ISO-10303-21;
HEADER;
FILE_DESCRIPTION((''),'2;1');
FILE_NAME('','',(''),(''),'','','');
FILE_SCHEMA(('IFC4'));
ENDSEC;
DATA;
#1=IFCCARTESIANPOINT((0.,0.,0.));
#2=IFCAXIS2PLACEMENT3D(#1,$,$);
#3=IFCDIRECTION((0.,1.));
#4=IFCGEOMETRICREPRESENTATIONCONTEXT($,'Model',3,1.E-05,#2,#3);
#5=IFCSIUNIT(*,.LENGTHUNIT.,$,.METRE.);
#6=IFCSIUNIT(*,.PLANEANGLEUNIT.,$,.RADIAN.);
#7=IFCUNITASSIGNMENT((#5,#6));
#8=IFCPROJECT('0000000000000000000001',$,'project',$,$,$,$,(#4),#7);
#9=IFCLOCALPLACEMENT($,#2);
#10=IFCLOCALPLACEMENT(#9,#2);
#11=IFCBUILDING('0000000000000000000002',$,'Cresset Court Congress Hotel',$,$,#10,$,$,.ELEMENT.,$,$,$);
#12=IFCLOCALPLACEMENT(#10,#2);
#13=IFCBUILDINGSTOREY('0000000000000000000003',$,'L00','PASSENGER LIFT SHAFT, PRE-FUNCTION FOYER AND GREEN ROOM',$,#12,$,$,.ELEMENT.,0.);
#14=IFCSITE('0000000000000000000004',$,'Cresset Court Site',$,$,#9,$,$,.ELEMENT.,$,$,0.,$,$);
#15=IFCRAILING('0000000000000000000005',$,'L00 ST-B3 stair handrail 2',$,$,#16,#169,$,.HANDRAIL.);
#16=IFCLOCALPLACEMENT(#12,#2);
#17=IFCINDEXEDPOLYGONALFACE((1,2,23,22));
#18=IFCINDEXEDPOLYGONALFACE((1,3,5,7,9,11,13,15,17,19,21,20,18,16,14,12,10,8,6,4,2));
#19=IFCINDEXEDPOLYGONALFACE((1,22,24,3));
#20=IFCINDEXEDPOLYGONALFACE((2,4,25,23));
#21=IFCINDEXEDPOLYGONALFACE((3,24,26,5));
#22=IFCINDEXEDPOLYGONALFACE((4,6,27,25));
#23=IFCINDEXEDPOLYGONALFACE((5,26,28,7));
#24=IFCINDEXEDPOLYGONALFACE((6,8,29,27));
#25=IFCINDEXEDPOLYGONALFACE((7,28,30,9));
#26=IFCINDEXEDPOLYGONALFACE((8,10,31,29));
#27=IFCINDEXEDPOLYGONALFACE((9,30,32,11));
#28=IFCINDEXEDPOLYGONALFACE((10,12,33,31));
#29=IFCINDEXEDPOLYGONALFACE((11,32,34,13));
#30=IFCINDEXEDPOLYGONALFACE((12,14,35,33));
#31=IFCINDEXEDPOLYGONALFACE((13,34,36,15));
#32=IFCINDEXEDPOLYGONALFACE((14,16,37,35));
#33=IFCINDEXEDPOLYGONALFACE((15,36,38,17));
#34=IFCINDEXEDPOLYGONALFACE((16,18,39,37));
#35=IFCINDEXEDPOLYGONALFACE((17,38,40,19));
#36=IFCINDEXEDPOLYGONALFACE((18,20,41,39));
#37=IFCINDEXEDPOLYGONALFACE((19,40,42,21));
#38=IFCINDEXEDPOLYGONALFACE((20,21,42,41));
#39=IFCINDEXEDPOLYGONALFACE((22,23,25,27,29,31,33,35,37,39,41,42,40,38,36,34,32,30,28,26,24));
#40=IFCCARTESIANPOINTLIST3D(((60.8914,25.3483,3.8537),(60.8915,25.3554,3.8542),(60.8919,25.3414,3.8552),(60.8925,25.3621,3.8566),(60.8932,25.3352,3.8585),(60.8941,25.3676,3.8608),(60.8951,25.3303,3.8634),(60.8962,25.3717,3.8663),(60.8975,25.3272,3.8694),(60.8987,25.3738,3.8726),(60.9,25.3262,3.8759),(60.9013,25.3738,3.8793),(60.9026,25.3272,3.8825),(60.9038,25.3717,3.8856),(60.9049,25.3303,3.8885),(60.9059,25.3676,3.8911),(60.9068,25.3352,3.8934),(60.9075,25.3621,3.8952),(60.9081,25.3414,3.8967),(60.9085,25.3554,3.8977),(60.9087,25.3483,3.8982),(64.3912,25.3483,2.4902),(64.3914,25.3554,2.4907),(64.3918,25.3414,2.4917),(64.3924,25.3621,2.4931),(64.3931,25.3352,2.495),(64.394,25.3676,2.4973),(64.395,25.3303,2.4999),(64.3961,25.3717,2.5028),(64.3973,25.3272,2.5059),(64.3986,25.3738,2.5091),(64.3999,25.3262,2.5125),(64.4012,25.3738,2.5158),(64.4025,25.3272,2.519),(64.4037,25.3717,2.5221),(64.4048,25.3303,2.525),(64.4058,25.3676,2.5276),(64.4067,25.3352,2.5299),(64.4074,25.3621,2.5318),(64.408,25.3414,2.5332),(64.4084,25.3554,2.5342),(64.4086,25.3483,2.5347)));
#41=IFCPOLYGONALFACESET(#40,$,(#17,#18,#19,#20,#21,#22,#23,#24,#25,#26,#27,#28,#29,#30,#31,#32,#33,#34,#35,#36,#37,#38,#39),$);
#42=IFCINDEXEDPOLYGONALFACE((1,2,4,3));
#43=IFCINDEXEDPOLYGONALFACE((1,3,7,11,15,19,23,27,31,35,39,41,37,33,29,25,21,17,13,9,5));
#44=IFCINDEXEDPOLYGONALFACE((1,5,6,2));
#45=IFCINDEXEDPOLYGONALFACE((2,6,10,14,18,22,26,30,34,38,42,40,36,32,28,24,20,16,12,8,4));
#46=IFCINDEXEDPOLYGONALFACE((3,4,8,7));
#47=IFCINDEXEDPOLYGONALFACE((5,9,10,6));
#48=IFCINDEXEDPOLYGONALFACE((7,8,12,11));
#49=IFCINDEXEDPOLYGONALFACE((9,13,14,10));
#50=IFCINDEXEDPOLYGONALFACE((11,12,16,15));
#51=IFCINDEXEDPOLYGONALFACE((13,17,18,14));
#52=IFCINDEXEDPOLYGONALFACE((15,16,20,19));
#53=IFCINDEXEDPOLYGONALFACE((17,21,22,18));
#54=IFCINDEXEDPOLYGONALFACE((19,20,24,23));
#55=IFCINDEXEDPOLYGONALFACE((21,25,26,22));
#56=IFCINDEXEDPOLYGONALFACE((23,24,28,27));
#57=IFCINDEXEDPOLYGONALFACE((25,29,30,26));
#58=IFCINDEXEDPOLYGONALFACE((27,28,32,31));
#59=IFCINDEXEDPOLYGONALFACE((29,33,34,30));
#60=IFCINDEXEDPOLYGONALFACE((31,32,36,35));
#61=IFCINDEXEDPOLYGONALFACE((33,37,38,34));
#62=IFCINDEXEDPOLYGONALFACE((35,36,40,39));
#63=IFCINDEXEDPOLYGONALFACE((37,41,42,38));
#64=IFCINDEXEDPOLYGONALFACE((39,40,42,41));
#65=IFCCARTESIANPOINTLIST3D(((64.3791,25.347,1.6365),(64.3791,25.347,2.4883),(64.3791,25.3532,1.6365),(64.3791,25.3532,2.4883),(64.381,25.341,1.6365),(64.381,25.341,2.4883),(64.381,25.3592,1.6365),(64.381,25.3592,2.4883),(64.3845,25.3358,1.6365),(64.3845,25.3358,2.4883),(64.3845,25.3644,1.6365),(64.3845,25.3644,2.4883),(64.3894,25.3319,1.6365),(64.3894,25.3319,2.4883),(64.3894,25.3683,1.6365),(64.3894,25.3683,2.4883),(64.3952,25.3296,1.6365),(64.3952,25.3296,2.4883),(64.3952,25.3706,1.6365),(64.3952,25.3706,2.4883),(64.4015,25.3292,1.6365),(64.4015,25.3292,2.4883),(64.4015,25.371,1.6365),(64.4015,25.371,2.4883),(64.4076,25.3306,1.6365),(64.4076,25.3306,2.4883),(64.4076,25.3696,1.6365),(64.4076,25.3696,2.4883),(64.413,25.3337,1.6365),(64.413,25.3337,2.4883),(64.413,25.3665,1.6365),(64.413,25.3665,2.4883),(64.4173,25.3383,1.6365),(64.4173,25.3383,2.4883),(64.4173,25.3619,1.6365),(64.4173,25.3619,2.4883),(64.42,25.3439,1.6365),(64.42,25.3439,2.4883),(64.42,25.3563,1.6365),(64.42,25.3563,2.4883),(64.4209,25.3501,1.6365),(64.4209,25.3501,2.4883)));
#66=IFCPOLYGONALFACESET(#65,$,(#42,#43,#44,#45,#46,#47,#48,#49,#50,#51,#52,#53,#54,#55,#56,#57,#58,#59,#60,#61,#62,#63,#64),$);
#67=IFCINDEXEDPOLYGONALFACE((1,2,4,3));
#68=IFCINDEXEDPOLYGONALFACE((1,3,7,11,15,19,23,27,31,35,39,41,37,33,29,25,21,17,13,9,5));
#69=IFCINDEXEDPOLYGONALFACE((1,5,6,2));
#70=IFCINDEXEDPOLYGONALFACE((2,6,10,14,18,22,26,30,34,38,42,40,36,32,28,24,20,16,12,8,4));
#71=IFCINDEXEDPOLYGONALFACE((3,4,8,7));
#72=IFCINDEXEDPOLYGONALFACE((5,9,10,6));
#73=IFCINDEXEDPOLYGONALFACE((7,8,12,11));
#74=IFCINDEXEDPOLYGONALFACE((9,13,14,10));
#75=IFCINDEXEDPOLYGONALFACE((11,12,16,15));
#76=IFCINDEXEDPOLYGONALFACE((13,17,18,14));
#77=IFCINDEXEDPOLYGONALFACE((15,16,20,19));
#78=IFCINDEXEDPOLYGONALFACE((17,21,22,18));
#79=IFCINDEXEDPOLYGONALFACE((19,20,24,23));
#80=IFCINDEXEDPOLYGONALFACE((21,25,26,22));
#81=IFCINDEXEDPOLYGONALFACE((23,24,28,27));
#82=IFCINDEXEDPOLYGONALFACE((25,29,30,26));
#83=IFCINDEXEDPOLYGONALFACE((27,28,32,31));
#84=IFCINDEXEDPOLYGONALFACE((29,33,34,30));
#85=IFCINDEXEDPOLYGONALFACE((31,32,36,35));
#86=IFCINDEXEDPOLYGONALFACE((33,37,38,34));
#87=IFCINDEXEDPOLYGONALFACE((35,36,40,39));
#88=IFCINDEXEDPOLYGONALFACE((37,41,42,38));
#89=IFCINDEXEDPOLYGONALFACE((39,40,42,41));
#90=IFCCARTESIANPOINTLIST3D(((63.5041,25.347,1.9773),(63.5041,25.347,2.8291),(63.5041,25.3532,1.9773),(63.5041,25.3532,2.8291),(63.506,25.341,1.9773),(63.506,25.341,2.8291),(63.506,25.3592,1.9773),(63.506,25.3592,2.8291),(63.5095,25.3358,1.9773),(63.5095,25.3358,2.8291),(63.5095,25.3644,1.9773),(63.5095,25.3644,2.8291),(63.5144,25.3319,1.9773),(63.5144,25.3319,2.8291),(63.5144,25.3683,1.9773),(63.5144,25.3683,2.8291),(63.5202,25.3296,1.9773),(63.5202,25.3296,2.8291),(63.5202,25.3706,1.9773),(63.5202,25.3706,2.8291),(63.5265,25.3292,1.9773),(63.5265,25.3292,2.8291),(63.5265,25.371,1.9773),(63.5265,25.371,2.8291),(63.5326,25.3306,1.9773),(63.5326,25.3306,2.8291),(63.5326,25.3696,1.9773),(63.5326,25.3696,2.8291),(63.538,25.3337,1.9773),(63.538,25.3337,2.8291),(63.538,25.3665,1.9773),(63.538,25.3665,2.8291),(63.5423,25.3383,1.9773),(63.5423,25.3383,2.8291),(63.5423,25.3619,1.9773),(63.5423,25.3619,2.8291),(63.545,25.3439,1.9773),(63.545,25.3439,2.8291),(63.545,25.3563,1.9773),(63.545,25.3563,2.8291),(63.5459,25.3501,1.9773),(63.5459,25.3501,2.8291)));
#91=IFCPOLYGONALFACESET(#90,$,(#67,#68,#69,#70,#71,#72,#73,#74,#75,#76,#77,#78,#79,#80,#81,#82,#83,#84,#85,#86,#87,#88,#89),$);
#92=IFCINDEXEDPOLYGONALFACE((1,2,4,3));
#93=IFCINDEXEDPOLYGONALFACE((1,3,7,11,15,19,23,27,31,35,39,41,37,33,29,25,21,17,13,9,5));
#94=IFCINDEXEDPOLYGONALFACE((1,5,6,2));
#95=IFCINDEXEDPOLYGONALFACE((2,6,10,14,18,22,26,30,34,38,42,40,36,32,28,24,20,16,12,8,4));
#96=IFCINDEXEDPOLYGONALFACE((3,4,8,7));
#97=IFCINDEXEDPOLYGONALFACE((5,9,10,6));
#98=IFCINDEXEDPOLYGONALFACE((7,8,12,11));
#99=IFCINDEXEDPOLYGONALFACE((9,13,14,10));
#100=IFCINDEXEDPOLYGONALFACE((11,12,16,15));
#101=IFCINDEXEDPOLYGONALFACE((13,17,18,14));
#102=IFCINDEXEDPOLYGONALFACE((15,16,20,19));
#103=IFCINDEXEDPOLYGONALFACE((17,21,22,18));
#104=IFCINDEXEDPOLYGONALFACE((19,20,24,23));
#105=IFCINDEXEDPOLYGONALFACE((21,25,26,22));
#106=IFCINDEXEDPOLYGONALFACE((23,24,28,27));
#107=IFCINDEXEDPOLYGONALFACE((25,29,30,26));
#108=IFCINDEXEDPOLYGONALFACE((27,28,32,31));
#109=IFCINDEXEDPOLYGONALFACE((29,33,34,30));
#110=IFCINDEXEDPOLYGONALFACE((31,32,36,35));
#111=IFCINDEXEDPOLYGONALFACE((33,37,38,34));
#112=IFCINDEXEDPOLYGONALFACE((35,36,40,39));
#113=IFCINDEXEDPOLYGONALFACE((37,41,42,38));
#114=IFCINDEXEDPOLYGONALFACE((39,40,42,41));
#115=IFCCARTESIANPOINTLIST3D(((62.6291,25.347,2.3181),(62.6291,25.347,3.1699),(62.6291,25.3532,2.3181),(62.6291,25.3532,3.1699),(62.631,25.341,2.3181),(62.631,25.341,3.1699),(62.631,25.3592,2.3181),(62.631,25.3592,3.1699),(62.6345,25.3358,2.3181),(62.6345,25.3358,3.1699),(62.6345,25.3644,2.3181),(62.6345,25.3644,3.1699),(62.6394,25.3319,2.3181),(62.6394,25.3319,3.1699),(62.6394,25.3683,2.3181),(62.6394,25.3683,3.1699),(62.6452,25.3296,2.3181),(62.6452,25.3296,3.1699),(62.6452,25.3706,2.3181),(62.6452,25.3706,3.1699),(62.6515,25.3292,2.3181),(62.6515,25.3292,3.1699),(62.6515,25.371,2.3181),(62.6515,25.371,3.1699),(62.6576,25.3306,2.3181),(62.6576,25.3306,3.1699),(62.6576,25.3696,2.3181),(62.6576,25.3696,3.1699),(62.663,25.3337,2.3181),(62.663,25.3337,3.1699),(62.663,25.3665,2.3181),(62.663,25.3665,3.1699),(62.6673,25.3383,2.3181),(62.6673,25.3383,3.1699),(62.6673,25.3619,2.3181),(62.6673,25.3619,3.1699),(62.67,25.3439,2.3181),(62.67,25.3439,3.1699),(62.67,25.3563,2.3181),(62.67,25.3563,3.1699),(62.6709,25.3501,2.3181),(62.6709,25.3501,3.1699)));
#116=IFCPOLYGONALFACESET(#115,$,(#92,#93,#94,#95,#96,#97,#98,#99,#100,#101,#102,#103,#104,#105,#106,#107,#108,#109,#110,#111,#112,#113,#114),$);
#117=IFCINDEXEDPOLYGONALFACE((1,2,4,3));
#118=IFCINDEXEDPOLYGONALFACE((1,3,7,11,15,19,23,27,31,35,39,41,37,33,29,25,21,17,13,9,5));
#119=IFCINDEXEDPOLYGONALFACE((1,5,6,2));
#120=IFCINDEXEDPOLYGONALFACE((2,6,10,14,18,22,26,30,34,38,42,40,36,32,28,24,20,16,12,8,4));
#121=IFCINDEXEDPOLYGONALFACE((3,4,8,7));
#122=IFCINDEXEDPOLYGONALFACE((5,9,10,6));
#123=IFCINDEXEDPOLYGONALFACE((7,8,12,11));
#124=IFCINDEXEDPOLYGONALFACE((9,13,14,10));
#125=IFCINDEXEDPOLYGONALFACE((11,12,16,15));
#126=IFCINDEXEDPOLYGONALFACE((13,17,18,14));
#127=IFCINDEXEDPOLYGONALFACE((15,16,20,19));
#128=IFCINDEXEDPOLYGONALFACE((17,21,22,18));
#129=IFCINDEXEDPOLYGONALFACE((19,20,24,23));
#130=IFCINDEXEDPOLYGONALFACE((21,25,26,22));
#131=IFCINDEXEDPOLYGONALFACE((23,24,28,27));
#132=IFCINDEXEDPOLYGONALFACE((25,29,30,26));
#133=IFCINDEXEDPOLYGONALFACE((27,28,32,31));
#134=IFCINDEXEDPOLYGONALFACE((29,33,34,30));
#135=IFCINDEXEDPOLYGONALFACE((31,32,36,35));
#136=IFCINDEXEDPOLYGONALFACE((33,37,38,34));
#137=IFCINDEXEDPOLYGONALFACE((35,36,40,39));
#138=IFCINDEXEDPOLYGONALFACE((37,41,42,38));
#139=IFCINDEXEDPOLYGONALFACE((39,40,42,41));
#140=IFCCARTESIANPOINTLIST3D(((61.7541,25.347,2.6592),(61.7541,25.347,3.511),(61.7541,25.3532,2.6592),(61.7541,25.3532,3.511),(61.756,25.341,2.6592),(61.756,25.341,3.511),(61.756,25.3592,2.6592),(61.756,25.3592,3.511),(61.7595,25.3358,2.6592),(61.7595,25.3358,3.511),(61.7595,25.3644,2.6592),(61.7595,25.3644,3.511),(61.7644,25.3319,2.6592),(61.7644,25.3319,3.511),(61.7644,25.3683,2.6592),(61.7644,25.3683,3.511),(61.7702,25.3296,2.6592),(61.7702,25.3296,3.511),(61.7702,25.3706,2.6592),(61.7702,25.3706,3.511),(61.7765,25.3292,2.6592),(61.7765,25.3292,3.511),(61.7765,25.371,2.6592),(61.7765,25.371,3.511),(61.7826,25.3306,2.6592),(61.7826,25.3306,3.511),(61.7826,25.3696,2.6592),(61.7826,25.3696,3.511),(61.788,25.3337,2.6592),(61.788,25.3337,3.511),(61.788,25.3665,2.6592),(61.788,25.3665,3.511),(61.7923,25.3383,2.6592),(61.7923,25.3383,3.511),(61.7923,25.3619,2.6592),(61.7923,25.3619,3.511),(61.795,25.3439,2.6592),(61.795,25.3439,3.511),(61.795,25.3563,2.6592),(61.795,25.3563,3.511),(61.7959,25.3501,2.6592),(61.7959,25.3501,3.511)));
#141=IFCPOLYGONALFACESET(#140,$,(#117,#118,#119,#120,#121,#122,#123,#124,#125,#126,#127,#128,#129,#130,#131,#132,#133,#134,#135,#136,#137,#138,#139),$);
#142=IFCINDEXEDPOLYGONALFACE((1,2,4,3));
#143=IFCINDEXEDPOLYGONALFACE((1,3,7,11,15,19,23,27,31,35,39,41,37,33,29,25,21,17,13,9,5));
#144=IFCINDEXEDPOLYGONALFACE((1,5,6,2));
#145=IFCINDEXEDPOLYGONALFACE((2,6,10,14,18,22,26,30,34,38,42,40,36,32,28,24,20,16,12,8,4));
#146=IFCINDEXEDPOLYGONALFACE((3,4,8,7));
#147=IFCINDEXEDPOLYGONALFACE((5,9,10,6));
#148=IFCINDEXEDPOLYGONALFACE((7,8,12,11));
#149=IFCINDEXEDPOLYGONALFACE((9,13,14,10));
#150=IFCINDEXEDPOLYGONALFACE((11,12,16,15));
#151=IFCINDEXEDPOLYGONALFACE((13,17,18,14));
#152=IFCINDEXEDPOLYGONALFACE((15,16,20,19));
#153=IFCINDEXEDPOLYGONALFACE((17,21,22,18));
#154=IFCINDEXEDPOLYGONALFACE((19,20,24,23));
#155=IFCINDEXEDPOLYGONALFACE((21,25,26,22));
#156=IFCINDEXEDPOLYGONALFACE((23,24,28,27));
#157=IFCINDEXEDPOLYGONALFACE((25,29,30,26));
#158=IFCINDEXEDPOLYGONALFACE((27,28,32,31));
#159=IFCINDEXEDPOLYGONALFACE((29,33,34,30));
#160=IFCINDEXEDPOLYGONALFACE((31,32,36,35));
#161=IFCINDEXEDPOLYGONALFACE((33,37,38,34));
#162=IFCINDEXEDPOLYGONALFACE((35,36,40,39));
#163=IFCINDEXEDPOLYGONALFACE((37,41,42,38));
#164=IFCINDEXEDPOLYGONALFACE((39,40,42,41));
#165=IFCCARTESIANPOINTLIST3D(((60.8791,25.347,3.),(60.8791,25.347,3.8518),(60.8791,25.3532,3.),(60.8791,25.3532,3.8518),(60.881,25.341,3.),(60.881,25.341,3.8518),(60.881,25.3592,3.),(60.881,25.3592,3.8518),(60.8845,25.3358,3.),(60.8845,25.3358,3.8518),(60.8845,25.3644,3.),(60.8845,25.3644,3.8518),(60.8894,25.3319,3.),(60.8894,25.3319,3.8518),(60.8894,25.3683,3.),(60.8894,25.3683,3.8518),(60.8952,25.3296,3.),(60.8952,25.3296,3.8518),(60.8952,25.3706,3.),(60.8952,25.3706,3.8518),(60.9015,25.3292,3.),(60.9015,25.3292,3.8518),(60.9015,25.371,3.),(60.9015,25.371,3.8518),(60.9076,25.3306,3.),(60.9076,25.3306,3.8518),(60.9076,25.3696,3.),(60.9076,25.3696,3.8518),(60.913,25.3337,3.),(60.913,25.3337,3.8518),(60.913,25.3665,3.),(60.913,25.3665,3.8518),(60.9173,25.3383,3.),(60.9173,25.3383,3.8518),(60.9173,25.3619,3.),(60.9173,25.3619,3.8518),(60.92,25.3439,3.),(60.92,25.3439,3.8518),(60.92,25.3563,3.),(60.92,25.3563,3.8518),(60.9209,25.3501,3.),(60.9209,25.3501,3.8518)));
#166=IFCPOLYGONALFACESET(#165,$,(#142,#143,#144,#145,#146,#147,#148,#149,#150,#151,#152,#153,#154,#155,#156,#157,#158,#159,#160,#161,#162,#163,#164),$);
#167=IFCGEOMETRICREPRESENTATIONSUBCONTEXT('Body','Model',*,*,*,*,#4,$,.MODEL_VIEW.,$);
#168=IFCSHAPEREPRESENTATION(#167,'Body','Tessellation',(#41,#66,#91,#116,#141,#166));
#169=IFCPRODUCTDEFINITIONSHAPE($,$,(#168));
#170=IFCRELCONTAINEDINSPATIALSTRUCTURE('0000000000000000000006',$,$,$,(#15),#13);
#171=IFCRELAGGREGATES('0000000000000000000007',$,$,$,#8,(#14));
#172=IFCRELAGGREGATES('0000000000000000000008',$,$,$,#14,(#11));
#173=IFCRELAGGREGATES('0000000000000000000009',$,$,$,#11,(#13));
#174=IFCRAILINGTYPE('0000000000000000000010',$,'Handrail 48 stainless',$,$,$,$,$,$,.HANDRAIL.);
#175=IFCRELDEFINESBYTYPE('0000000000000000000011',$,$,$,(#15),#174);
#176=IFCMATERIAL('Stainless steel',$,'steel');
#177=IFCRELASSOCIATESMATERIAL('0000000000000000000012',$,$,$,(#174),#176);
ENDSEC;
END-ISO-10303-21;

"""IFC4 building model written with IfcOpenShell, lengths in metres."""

from ifc_helpers import new_model, si_unit, direction, frame, origin, origin_2d, place, context, subcontext, project, spatial, circle, extrude, material, type_object, element, save


model = new_model("IFC4")

# Units and contexts
model_context = context("Model", 3, precision=1e-05, world=origin(), true_north=direction((0.0, 1.0)))
body_context = subcontext(model_context, "Body", "Model", "MODEL_VIEW")
ifc_project = project(units=[si_unit("LENGTHUNIT", "METRE"), si_unit("PLANEANGLEUNIT", "RADIAN")], contexts=[model_context])

# Site, building, storey
site_placement = place(None, origin())
site = spatial("IfcSite", under=ifc_project, at=site_placement, Name="Cresset Court Site", CompositionType="ELEMENT", RefElevation=0.0)
building_placement = place(site_placement, origin())
building = spatial("IfcBuilding", under=site, at=building_placement, Name="Cresset Court Congress Hotel", CompositionType="ELEMENT")
storey_placement = place(building_placement, origin())
storey = spatial("IfcBuildingStorey", under=building, at=storey_placement, Name="L00", Description="PASSENGER LIFT SHAFT, PRE-FUNCTION FOYER AND GREEN ROOM", CompositionType="ELEMENT", Elevation=0.0)

# Railing
ifc_material_1 = material(Name="Stainless steel", Category="steel")
railing_type = type_object("IfcRailingType", Name="Handrail 48 stainless", PredefinedType="HANDRAIL", material=ifc_material_1)
for number, where, name in (
    (1, (64.3999, 25.3501, 1.6365), "L00 ST-B3 stair handrail 2"),
):
    element("IfcRailing", number, at=place(storey_placement, frame(where)), inside=storey, type_object=railing_type, Name=name, PredefinedType="HANDRAIL", context=body_context, shape_type="SweptSolid", body=[
        extrude(circle(Radius=0.0239, at=origin_2d()), frame((0.0, 0.0, 0.876), z_axis=(-0.931787, 0.0, 0.363005), x_axis=(0.0, -1.0, 0.0)), (0.0, 0.0, 1.0), 3.7561),
        extrude(circle(Radius=0.021, at=origin_2d()), origin(), (0.0, 0.0, 1.0), 0.8518),
        extrude(circle(Radius=0.021, at=origin_2d()), frame((-0.875, 0.0, 0.3408)), (0.0, 0.0, 1.0), 0.8518),
        extrude(circle(Radius=0.021, at=origin_2d()), frame((-1.75, 0.0, 0.6816)), (0.0, 0.0, 1.0), 0.8518),
        extrude(circle(Radius=0.021, at=origin_2d()), frame((-2.625, 0.0, 1.0227)), (0.0, 0.0, 1.0), 0.8518),
        extrude(circle(Radius=0.021, at=origin_2d()), frame((-3.5, 0.0, 1.3635)), (0.0, 0.0, 1.0), 0.8518),
    ])

save(model, "model.ifc")
